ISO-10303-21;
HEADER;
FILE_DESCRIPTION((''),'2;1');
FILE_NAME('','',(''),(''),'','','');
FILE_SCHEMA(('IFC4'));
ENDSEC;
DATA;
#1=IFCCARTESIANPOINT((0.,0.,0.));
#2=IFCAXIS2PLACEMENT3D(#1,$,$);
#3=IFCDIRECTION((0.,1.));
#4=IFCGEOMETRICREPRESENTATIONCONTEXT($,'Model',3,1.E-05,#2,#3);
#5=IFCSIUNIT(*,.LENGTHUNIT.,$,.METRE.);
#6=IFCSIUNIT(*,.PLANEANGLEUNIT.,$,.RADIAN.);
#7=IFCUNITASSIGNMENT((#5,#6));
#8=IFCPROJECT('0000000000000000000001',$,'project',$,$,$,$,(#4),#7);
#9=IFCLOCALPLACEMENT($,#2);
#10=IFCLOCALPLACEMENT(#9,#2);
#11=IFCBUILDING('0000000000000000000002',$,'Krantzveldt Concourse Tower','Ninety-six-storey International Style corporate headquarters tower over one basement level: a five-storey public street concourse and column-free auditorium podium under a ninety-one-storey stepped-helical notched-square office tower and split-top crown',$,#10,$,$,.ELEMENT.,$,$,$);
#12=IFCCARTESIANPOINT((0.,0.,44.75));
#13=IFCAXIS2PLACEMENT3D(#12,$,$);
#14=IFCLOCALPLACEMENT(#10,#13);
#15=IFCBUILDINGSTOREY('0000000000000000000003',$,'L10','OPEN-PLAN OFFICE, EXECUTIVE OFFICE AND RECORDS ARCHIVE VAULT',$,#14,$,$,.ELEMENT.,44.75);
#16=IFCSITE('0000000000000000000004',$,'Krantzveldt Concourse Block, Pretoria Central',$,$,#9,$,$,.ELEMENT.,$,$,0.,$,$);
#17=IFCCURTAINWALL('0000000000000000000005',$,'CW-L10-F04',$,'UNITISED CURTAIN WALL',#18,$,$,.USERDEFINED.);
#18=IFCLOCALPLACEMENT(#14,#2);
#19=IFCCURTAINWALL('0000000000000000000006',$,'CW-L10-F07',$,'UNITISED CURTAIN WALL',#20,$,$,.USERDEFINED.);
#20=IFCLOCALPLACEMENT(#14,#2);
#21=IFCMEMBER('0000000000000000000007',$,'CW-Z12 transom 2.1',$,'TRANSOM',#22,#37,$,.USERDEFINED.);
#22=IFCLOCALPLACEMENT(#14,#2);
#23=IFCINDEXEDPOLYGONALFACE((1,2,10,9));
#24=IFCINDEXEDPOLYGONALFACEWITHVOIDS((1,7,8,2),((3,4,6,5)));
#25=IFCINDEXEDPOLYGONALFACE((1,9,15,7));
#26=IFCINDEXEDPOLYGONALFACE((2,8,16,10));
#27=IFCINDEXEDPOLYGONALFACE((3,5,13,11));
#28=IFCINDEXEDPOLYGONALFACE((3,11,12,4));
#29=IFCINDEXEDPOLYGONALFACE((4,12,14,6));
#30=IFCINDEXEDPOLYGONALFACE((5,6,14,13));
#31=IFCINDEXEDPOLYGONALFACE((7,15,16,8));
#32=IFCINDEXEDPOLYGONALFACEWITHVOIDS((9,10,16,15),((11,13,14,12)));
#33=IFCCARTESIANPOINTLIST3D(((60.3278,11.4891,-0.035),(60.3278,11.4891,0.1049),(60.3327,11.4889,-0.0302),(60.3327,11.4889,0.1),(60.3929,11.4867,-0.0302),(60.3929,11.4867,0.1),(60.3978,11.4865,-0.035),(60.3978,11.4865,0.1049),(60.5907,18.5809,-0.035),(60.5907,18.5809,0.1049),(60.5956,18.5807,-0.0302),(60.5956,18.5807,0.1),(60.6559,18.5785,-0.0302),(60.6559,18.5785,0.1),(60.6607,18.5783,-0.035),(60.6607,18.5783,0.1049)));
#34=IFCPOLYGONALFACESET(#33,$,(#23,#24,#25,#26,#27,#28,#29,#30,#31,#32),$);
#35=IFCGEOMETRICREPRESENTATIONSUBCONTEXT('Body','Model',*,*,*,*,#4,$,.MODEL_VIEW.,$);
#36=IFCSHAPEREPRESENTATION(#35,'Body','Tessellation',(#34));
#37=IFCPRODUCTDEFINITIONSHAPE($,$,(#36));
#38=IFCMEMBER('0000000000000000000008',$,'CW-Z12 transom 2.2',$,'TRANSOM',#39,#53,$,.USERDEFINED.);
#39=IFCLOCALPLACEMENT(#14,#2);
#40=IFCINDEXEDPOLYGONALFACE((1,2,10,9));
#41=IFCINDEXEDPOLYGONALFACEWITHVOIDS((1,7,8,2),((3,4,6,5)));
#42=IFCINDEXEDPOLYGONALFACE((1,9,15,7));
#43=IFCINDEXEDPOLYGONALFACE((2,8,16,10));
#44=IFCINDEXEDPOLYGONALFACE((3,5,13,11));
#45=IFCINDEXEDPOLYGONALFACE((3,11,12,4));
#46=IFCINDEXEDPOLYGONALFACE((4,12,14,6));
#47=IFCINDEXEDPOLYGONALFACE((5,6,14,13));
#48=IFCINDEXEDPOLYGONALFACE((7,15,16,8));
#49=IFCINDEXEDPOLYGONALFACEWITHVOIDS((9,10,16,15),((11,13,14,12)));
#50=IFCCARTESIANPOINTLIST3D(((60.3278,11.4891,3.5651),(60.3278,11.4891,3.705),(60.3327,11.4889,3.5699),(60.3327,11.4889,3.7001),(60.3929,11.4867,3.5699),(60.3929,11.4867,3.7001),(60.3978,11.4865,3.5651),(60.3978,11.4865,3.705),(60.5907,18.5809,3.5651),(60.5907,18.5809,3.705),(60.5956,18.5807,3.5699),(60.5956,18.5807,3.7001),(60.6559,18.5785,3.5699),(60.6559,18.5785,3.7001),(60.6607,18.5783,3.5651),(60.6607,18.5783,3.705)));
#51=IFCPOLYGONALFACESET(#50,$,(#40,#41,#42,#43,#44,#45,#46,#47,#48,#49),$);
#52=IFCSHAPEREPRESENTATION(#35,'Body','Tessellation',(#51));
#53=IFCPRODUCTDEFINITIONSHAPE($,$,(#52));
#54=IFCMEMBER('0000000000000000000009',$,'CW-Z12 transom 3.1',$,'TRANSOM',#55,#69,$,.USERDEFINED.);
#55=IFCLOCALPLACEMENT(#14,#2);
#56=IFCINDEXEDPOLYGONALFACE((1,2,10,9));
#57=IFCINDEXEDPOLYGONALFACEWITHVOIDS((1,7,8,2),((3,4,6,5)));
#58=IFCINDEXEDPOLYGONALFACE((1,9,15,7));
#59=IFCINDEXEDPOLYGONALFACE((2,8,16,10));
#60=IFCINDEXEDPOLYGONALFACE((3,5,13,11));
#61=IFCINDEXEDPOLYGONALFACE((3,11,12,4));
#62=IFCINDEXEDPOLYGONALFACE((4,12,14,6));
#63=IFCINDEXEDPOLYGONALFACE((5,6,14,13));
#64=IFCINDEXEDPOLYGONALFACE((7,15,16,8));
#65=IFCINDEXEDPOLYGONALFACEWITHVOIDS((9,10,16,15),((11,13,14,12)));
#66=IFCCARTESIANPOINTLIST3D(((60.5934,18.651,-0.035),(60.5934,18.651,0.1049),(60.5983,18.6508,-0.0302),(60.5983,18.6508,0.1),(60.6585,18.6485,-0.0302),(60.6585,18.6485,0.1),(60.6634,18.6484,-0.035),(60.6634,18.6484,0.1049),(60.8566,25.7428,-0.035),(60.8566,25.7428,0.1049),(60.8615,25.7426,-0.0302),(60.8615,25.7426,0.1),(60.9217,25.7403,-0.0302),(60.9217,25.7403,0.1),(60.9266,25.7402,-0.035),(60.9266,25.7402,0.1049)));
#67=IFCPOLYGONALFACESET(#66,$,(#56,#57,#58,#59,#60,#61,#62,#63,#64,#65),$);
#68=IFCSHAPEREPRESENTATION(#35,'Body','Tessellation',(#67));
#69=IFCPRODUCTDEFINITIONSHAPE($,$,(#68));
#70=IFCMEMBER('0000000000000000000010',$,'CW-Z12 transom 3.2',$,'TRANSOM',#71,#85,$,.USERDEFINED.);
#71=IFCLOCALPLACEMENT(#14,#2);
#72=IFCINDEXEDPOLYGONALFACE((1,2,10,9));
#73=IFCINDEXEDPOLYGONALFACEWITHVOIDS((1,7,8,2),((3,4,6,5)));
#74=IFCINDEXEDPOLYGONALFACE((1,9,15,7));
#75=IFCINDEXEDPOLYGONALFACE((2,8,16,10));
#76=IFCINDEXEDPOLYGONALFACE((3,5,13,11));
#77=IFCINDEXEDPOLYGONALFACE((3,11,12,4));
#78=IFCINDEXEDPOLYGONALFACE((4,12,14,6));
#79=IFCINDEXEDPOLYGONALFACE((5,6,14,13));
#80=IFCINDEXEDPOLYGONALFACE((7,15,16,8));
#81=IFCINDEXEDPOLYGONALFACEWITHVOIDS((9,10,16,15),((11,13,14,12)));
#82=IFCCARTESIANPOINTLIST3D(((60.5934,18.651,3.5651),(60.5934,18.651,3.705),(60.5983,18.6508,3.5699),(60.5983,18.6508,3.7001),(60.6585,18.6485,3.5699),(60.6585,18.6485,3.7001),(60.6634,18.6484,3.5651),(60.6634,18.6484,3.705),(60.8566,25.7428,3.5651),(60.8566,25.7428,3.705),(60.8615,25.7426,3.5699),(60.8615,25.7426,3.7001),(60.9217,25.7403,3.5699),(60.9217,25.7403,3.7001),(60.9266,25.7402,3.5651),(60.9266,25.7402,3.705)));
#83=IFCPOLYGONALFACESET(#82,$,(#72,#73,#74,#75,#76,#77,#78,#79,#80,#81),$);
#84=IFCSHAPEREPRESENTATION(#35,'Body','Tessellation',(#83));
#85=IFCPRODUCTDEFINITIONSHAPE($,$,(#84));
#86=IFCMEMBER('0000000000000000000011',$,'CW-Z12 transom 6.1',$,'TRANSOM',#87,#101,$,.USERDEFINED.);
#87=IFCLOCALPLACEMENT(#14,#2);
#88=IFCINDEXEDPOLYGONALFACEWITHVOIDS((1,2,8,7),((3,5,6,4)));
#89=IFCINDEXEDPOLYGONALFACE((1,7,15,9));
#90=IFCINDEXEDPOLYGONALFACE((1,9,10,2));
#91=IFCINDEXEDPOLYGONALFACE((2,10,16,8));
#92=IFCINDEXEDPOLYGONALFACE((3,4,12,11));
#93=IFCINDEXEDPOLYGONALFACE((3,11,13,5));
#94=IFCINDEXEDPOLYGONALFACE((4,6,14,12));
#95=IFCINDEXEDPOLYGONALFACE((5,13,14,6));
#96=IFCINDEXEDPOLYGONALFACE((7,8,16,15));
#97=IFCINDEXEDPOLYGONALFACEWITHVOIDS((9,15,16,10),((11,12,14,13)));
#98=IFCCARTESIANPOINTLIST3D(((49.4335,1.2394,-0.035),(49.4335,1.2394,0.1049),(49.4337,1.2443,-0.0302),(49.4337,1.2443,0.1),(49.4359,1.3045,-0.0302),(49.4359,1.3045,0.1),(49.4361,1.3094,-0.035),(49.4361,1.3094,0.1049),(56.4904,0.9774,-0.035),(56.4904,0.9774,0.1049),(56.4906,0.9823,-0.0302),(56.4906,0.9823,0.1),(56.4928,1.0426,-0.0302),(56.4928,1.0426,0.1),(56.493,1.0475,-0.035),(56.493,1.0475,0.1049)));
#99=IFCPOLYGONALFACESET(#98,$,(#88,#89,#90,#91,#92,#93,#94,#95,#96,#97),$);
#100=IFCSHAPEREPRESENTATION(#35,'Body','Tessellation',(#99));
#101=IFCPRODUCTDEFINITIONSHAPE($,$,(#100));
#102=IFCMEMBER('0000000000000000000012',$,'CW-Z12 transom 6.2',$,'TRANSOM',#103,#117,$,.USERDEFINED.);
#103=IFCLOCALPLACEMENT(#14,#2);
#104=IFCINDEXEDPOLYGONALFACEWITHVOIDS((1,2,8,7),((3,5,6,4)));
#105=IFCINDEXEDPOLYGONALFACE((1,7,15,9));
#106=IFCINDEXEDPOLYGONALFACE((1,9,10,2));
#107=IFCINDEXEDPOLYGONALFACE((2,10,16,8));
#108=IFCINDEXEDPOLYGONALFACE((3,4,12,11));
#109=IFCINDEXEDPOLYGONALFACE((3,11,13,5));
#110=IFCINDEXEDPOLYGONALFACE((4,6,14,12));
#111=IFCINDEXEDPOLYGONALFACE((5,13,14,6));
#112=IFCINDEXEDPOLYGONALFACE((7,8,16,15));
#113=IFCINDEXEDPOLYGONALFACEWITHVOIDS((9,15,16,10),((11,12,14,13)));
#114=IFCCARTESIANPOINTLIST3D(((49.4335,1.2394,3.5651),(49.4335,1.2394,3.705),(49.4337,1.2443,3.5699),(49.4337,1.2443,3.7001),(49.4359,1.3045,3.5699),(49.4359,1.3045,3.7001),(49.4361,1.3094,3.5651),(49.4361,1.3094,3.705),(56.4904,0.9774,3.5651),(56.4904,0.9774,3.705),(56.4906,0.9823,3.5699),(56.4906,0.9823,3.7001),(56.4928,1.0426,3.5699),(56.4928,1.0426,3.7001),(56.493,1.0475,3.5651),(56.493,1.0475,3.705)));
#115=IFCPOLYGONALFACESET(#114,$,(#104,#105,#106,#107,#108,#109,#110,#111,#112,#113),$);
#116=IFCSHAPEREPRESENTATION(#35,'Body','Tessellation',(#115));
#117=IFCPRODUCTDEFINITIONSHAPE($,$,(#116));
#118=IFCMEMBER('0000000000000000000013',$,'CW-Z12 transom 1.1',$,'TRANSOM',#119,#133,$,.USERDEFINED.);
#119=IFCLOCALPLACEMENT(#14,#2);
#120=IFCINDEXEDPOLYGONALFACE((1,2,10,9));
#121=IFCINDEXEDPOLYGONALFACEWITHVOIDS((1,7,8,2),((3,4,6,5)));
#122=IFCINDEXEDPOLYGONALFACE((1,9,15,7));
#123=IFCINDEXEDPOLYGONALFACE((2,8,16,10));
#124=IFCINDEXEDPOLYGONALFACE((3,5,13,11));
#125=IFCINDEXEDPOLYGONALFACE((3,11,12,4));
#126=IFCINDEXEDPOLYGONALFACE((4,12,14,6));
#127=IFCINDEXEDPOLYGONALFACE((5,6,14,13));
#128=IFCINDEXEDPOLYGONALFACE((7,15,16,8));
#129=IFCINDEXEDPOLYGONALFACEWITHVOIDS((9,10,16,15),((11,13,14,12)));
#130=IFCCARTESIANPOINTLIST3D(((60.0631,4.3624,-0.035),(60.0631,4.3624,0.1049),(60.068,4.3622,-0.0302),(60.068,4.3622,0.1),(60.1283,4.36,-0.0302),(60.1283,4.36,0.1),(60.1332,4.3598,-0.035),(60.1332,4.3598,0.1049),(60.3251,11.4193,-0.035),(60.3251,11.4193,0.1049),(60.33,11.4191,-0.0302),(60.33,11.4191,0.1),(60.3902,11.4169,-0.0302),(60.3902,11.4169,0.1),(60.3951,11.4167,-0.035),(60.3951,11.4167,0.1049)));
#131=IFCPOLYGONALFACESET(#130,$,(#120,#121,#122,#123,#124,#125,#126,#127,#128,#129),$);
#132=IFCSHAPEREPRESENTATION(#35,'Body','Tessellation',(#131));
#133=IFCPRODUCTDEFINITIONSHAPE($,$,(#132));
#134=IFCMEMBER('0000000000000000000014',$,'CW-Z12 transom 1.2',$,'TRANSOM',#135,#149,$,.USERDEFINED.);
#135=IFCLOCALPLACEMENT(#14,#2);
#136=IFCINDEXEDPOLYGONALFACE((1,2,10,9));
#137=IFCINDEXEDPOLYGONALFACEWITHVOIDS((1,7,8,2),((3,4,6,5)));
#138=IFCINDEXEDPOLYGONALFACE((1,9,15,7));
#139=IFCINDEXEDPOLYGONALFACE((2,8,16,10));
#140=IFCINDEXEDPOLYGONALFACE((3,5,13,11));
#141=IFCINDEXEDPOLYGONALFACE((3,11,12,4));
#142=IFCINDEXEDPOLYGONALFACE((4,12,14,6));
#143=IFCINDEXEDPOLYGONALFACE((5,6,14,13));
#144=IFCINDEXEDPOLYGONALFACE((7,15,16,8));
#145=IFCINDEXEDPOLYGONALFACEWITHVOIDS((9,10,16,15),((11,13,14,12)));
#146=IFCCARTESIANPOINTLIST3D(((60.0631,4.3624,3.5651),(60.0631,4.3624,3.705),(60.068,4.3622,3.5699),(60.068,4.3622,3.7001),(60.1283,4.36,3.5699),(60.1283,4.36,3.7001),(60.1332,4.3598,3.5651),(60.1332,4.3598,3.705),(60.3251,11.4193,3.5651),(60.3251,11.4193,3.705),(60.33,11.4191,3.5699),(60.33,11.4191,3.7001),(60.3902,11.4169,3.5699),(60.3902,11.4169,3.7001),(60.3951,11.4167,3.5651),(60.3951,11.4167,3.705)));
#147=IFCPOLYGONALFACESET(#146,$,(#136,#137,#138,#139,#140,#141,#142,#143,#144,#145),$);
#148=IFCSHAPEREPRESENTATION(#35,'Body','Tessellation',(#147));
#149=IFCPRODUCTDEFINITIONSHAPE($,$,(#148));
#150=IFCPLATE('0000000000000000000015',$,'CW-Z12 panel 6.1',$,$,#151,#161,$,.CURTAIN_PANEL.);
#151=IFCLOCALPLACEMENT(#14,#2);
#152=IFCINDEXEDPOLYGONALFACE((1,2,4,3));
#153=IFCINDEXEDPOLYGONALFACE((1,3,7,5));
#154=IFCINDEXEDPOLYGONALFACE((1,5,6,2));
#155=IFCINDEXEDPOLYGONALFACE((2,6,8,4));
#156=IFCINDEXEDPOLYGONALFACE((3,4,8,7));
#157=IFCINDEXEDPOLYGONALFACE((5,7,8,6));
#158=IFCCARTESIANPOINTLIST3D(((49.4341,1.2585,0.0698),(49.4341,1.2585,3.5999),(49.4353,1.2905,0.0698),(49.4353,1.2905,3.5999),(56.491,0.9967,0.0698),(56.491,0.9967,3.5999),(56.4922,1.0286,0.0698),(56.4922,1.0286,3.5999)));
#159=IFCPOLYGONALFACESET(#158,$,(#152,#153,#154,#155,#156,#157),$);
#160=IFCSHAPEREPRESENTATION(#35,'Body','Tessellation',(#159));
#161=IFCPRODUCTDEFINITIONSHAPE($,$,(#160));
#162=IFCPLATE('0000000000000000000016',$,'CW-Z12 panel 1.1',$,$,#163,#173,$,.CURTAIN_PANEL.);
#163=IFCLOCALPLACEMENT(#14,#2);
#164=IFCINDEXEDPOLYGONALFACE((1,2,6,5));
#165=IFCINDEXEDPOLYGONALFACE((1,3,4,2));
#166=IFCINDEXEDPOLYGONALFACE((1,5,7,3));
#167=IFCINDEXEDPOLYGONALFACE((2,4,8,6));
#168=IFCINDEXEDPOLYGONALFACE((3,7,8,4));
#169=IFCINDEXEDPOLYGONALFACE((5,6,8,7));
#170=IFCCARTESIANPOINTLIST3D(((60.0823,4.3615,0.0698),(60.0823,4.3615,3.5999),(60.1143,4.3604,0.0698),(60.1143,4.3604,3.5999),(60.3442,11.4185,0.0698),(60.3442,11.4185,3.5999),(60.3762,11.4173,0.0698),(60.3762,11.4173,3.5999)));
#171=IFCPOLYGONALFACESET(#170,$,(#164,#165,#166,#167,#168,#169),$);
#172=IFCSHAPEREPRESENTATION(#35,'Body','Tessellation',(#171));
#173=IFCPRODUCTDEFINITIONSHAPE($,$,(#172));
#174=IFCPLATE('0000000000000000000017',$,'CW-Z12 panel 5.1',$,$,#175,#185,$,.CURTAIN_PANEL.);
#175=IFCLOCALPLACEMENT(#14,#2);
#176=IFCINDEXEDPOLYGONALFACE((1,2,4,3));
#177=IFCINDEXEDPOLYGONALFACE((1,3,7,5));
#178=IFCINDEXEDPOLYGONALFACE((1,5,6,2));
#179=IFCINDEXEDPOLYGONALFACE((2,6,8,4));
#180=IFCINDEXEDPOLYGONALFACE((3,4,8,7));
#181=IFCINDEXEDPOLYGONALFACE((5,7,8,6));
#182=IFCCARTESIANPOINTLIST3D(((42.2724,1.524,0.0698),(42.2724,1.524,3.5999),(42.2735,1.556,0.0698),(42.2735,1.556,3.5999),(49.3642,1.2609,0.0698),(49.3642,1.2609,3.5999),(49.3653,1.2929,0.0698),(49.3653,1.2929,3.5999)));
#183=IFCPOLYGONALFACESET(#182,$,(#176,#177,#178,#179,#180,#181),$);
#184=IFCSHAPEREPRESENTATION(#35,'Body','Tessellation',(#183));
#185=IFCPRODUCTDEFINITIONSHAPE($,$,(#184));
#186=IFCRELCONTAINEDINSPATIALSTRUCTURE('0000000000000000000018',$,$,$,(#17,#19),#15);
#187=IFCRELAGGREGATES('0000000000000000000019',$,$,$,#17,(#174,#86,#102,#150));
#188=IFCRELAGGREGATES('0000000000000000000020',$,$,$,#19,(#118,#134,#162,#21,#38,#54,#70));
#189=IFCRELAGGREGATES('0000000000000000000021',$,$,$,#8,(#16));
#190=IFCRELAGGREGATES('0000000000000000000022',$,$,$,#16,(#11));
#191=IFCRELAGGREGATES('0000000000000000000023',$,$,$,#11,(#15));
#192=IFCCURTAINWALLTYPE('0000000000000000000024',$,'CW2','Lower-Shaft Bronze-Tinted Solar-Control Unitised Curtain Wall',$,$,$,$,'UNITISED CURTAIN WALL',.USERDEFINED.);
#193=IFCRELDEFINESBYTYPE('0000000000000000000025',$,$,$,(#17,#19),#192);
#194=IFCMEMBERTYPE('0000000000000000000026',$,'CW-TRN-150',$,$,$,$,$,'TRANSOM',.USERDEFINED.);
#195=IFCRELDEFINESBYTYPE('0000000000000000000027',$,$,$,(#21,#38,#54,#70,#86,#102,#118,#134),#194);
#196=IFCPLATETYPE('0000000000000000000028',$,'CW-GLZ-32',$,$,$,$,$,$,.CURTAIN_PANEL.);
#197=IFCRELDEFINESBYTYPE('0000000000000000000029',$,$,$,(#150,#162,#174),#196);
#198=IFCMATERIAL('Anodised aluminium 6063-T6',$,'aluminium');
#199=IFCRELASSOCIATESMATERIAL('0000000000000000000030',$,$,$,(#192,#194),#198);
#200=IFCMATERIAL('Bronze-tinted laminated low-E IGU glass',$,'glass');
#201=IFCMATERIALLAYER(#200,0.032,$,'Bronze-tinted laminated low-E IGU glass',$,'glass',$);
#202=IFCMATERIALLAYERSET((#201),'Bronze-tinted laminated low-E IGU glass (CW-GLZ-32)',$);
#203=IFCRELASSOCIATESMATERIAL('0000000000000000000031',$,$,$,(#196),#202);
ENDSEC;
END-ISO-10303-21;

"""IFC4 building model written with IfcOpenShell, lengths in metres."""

from ifc_helpers import new_model, si_unit, direction, frame, origin, origin_2d, place, context, subcontext, project, spatial, rectangle, hollow_rectangle, extrude, source, transform, mapped, material, layer, layer_set, material_profile, profile_set, type_object, type_shapes, element, aggregate, save


model = new_model("IFC4")

# Units and contexts
model_context = context("Model", 3, precision=1e-05, world=origin(), true_north=direction((0.0, 1.0)))
body_context = subcontext(model_context, "Body", "Model", "MODEL_VIEW")
ifc_project = project(units=[si_unit("LENGTHUNIT", "METRE"), si_unit("PLANEANGLEUNIT", "RADIAN")], contexts=[model_context])

# Site, building, storey
site_placement = place(None, origin())
site = spatial("IfcSite", under=ifc_project, at=site_placement, Name="Krantzveldt Concourse Block, Pretoria Central", CompositionType="ELEMENT", RefElevation=0.0)
building_placement = place(site_placement, origin())
building = spatial("IfcBuilding", under=site, at=building_placement, Name="Krantzveldt Concourse Tower", Description="Ninety-six-storey International Style corporate headquarters tower over one basement level: a five-storey public street concourse and column-free auditorium podium under a ninety-one-storey stepped-helical notched-square office tower and split-top crown", CompositionType="ELEMENT")
storey_placement = place(building_placement, frame((0.0, 0.0, 44.75)))
storey = spatial("IfcBuildingStorey", under=building, at=storey_placement, Name="L10", Description="OPEN-PLAN OFFICE, EXECUTIVE OFFICE AND RECORDS ARCHIVE VAULT", CompositionType="ELEMENT", Elevation=44.75)

# Curtain walls, members
ifc_material_1 = material(Name="Anodised aluminium 6063-T6", Category="aluminium")
curtain_wall_type = type_object("IfcCurtainWallType", Name="CW2", Description="Lower-Shaft Bronze-Tinted Solar-Control Unitised Curtain Wall", ElementType="UNITISED CURTAIN WALL", PredefinedType="USERDEFINED", material=ifc_material_1)
curtain_wall_1_placement = place(storey_placement, origin())
curtain_wall_1 = element("IfcCurtainWall", 1, at=curtain_wall_1_placement, inside=storey, type_object=curtain_wall_type, Name="CW-L10-F04", ObjectType="UNITISED CURTAIN WALL", PredefinedType="USERDEFINED")
curtain_wall_2_placement = place(storey_placement, origin())
curtain_wall_2 = element("IfcCurtainWall", 2, at=curtain_wall_2_placement, inside=storey, type_object=curtain_wall_type, Name="CW-L10-F07", ObjectType="UNITISED CURTAIN WALL", PredefinedType="USERDEFINED")
ifc_material_profile_1 = material_profile(ifc_material_1, hollow_rectangle(XDim=0.0701, YDim=0.1399, WallThickness=0.0049, at=origin_2d()), Name="Anodised aluminium 6063-T6", Category="aluminium")
ifc_profile_set_1 = profile_set([ifc_material_profile_1], Name="Anodised aluminium 6063-T6 - ALU-TRAN 140x70x5")
member_type_1 = type_object("IfcMemberType", Name="CW-TRN-150", ElementType="TRANSOM", PredefinedType="USERDEFINED", material=ifc_profile_set_1)
shared_shape_1 = source(origin(), body_context, "Body", "SweptSolid", [
    extrude(hollow_rectangle(XDim=0.0701, YDim=0.1399, WallThickness=0.0049, at=origin_2d()), origin(), (0.0, 0.0, 1.0), 7.0967),
])
member_1_placement = place(storey_placement, frame((60.3628, 11.4878, 0.0349), z_axis=(0.037051, 0.999313, 0.0), x_axis=(-0.999313, 0.037051, 0.0)))
member_1 = element("IfcMember", 3, at=member_1_placement, type_object=member_type_1, Name="CW-Z12 transom 2.1", ObjectType="TRANSOM", PredefinedType="USERDEFINED", context=body_context, shape_type="MappedRepresentation", body=[
    mapped(shared_shape_1, transform((0.0, 0.0, 0.0), x_axis=(1.0, 0.0, 0.0), y_axis=(0.0, 1.0, 0.0), z_axis=(0.0, 0.0, 1.0), scale=1.0)),
])
member_2_placement = place(storey_placement, frame((60.3628, 11.4878, 3.635), z_axis=(0.037051, 0.999313, 0.0), x_axis=(-0.999313, 0.037051, 0.0)))
member_2 = element("IfcMember", 4, at=member_2_placement, type_object=member_type_1, Name="CW-Z12 transom 2.2", ObjectType="TRANSOM", PredefinedType="USERDEFINED", context=body_context, shape_type="MappedRepresentation", body=[
    mapped(shared_shape_1, transform((0.0, 0.0, 0.0), x_axis=(1.0, 0.0, 0.0), y_axis=(0.0, 1.0, 0.0), z_axis=(0.0, 0.0, 1.0), scale=1.0)),
])
member_3_placement = place(storey_placement, frame((60.6284, 18.6497, 0.0349), z_axis=(0.037085, 0.999312, 0.0), x_axis=(-0.999312, 0.037085, 0.0)))
member_3 = element("IfcMember", 5, at=member_3_placement, type_object=member_type_1, Name="CW-Z12 transom 3.1", ObjectType="TRANSOM", PredefinedType="USERDEFINED", context=body_context, shape_type="MappedRepresentation", body=[
    mapped(shared_shape_1, transform((0.0, 0.0, 0.0), x_axis=(1.0, 0.0, 0.0), y_axis=(0.0, 1.0, 0.0), z_axis=(0.0, 0.0, 1.0), scale=1.0)),
])
member_4_placement = place(storey_placement, frame((60.6284, 18.6497, 3.635), z_axis=(0.037085, 0.999312, 0.0), x_axis=(-0.999312, 0.037085, 0.0)))
member_4 = element("IfcMember", 6, at=member_4_placement, type_object=member_type_1, Name="CW-Z12 transom 3.2", ObjectType="TRANSOM", PredefinedType="USERDEFINED", context=body_context, shape_type="MappedRepresentation", body=[
    mapped(shared_shape_1, transform((0.0, 0.0, 0.0), x_axis=(1.0, 0.0, 0.0), y_axis=(0.0, 1.0, 0.0), z_axis=(0.0, 0.0, 1.0), scale=1.0)),
])

# Members
shared_shape_2 = source(origin(), body_context, "Body", "SweptSolid", [
    extrude(hollow_rectangle(XDim=0.0701, YDim=0.1399, WallThickness=0.0049, at=origin_2d()), origin(), (0.0, 0.0, 1.0), 7.0618),
])
type_shapes(member_type_1, [shared_shape_1, shared_shape_2])
member_5_placement = place(storey_placement, frame((49.4348, 1.2744, 0.0349), z_axis=(0.999312, -0.037096, 0.0), x_axis=(0.037096, 0.999312, 0.0)))
member_5 = element("IfcMember", 7, at=member_5_placement, type_object=member_type_1, Name="CW-Z12 transom 6.1", ObjectType="TRANSOM", PredefinedType="USERDEFINED", context=body_context, shape_type="MappedRepresentation", body=[
    mapped(shared_shape_2, transform((0.0, 0.0, 0.0), x_axis=(1.0, 0.0, 0.0), y_axis=(0.0, 1.0, 0.0), z_axis=(0.0, 0.0, 1.0), scale=1.0)),
])
member_6_placement = place(storey_placement, frame((49.4348, 1.2744, 3.635), z_axis=(0.999312, -0.037096, 0.0), x_axis=(0.037096, 0.999312, 0.0)))
member_6 = element("IfcMember", 8, at=member_6_placement, type_object=member_type_1, Name="CW-Z12 transom 6.2", ObjectType="TRANSOM", PredefinedType="USERDEFINED", context=body_context, shape_type="MappedRepresentation", body=[
    mapped(shared_shape_2, transform((0.0, 0.0, 0.0), x_axis=(1.0, 0.0, 0.0), y_axis=(0.0, 1.0, 0.0), z_axis=(0.0, 0.0, 1.0), scale=1.0)),
])
member_7_placement = place(storey_placement, frame((60.0981, 4.3611, 0.0349), z_axis=(0.037096, 0.999312, 0.0), x_axis=(-0.999312, 0.037096, 0.0)))
member_7 = element("IfcMember", 9, at=member_7_placement, type_object=member_type_1, Name="CW-Z12 transom 1.1", ObjectType="TRANSOM", PredefinedType="USERDEFINED", context=body_context, shape_type="MappedRepresentation", body=[
    mapped(shared_shape_2, transform((0.0, 0.0, 0.0), x_axis=(1.0, 0.0, 0.0), y_axis=(0.0, 1.0, 0.0), z_axis=(0.0, 0.0, 1.0), scale=1.0)),
])
member_8_placement = place(storey_placement, frame((60.0981, 4.3611, 3.635), z_axis=(0.037096, 0.999312, 0.0), x_axis=(-0.999312, 0.037096, 0.0)))
member_8 = element("IfcMember", 10, at=member_8_placement, type_object=member_type_1, Name="CW-Z12 transom 1.2", ObjectType="TRANSOM", PredefinedType="USERDEFINED", context=body_context, shape_type="MappedRepresentation", body=[
    mapped(shared_shape_2, transform((0.0, 0.0, 0.0), x_axis=(1.0, 0.0, 0.0), y_axis=(0.0, 1.0, 0.0), z_axis=(0.0, 0.0, 1.0), scale=1.0)),
])

# Plates
ifc_material_2 = material(Name="Bronze-tinted laminated low-E IGU glass", Category="glass")
ifc_layer_1 = layer(ifc_material_2, 0.032, Name="Bronze-tinted laminated low-E IGU glass", Category="glass")
ifc_layer_set_1 = layer_set([ifc_layer_1], Name="Bronze-tinted laminated low-E IGU glass (CW-GLZ-32)")
plate_type = type_object("IfcPlateType", Name="CW-GLZ-32", PredefinedType="CURTAIN_PANEL", material=ifc_layer_set_1)
shared_shape_3 = source(origin(), body_context, "Body", "SweptSolid", [
    extrude(rectangle(XDim=7.0618, YDim=0.032, at=origin_2d()), origin(), (0.0, 0.0, 1.0), 3.53),
])
plate_1_placement = place(storey_placement, frame((52.9631, 1.1436, 0.0698), z_axis=(0.0, 0.0, 1.0), x_axis=(0.999312, -0.03708, 0.0)))
plate_1 = element("IfcPlate", 11, at=plate_1_placement, type_object=plate_type, Name="CW-Z12 panel 6.1", PredefinedType="CURTAIN_PANEL", context=body_context, shape_type="MappedRepresentation", body=[
    mapped(shared_shape_3, transform((0.0, 0.0, 0.0), x_axis=(1.0, 0.0, 0.0), y_axis=(0.0, 1.0, 0.0), z_axis=(0.0, 0.0, 1.0), scale=1.0)),
])
plate_2_placement = place(storey_placement, frame((60.2292, 7.8894, 0.0698), z_axis=(0.0, 0.0, 1.0), x_axis=(0.03708, 0.999312, 0.0)))
plate_2 = element("IfcPlate", 12, at=plate_2_placement, type_object=plate_type, Name="CW-Z12 panel 1.1", PredefinedType="CURTAIN_PANEL", context=body_context, shape_type="MappedRepresentation", body=[
    mapped(shared_shape_3, transform((0.0, 0.0, 0.0), x_axis=(1.0, 0.0, 0.0), y_axis=(0.0, 1.0, 0.0), z_axis=(0.0, 0.0, 1.0), scale=1.0)),
])
shared_shape_4 = source(origin(), body_context, "Body", "SweptSolid", [
    extrude(rectangle(XDim=7.0967, YDim=0.032, at=origin_2d()), origin(), (0.0, 0.0, 1.0), 3.53),
])
type_shapes(plate_type, [shared_shape_3, shared_shape_4])
plate_3_placement = place(storey_placement, frame((45.8188, 1.4084, 0.0698), z_axis=(0.0, 0.0, 1.0), x_axis=(0.999312, -0.03708, 0.0)))
plate_3 = element("IfcPlate", 13, at=plate_3_placement, type_object=plate_type, Name="CW-Z12 panel 5.1", PredefinedType="CURTAIN_PANEL", context=body_context, shape_type="MappedRepresentation", body=[
    mapped(shared_shape_4, transform((0.0, 0.0, 0.0), x_axis=(1.0, 0.0, 0.0), y_axis=(0.0, 1.0, 0.0), z_axis=(0.0, 0.0, 1.0), scale=1.0)),
])
aggregate(curtain_wall_1, [plate_3, member_5, member_6, plate_1])
aggregate(curtain_wall_2, [member_7, member_8, plate_2, member_1, member_2, member_3, member_4])

save(model, "model.ifc")
